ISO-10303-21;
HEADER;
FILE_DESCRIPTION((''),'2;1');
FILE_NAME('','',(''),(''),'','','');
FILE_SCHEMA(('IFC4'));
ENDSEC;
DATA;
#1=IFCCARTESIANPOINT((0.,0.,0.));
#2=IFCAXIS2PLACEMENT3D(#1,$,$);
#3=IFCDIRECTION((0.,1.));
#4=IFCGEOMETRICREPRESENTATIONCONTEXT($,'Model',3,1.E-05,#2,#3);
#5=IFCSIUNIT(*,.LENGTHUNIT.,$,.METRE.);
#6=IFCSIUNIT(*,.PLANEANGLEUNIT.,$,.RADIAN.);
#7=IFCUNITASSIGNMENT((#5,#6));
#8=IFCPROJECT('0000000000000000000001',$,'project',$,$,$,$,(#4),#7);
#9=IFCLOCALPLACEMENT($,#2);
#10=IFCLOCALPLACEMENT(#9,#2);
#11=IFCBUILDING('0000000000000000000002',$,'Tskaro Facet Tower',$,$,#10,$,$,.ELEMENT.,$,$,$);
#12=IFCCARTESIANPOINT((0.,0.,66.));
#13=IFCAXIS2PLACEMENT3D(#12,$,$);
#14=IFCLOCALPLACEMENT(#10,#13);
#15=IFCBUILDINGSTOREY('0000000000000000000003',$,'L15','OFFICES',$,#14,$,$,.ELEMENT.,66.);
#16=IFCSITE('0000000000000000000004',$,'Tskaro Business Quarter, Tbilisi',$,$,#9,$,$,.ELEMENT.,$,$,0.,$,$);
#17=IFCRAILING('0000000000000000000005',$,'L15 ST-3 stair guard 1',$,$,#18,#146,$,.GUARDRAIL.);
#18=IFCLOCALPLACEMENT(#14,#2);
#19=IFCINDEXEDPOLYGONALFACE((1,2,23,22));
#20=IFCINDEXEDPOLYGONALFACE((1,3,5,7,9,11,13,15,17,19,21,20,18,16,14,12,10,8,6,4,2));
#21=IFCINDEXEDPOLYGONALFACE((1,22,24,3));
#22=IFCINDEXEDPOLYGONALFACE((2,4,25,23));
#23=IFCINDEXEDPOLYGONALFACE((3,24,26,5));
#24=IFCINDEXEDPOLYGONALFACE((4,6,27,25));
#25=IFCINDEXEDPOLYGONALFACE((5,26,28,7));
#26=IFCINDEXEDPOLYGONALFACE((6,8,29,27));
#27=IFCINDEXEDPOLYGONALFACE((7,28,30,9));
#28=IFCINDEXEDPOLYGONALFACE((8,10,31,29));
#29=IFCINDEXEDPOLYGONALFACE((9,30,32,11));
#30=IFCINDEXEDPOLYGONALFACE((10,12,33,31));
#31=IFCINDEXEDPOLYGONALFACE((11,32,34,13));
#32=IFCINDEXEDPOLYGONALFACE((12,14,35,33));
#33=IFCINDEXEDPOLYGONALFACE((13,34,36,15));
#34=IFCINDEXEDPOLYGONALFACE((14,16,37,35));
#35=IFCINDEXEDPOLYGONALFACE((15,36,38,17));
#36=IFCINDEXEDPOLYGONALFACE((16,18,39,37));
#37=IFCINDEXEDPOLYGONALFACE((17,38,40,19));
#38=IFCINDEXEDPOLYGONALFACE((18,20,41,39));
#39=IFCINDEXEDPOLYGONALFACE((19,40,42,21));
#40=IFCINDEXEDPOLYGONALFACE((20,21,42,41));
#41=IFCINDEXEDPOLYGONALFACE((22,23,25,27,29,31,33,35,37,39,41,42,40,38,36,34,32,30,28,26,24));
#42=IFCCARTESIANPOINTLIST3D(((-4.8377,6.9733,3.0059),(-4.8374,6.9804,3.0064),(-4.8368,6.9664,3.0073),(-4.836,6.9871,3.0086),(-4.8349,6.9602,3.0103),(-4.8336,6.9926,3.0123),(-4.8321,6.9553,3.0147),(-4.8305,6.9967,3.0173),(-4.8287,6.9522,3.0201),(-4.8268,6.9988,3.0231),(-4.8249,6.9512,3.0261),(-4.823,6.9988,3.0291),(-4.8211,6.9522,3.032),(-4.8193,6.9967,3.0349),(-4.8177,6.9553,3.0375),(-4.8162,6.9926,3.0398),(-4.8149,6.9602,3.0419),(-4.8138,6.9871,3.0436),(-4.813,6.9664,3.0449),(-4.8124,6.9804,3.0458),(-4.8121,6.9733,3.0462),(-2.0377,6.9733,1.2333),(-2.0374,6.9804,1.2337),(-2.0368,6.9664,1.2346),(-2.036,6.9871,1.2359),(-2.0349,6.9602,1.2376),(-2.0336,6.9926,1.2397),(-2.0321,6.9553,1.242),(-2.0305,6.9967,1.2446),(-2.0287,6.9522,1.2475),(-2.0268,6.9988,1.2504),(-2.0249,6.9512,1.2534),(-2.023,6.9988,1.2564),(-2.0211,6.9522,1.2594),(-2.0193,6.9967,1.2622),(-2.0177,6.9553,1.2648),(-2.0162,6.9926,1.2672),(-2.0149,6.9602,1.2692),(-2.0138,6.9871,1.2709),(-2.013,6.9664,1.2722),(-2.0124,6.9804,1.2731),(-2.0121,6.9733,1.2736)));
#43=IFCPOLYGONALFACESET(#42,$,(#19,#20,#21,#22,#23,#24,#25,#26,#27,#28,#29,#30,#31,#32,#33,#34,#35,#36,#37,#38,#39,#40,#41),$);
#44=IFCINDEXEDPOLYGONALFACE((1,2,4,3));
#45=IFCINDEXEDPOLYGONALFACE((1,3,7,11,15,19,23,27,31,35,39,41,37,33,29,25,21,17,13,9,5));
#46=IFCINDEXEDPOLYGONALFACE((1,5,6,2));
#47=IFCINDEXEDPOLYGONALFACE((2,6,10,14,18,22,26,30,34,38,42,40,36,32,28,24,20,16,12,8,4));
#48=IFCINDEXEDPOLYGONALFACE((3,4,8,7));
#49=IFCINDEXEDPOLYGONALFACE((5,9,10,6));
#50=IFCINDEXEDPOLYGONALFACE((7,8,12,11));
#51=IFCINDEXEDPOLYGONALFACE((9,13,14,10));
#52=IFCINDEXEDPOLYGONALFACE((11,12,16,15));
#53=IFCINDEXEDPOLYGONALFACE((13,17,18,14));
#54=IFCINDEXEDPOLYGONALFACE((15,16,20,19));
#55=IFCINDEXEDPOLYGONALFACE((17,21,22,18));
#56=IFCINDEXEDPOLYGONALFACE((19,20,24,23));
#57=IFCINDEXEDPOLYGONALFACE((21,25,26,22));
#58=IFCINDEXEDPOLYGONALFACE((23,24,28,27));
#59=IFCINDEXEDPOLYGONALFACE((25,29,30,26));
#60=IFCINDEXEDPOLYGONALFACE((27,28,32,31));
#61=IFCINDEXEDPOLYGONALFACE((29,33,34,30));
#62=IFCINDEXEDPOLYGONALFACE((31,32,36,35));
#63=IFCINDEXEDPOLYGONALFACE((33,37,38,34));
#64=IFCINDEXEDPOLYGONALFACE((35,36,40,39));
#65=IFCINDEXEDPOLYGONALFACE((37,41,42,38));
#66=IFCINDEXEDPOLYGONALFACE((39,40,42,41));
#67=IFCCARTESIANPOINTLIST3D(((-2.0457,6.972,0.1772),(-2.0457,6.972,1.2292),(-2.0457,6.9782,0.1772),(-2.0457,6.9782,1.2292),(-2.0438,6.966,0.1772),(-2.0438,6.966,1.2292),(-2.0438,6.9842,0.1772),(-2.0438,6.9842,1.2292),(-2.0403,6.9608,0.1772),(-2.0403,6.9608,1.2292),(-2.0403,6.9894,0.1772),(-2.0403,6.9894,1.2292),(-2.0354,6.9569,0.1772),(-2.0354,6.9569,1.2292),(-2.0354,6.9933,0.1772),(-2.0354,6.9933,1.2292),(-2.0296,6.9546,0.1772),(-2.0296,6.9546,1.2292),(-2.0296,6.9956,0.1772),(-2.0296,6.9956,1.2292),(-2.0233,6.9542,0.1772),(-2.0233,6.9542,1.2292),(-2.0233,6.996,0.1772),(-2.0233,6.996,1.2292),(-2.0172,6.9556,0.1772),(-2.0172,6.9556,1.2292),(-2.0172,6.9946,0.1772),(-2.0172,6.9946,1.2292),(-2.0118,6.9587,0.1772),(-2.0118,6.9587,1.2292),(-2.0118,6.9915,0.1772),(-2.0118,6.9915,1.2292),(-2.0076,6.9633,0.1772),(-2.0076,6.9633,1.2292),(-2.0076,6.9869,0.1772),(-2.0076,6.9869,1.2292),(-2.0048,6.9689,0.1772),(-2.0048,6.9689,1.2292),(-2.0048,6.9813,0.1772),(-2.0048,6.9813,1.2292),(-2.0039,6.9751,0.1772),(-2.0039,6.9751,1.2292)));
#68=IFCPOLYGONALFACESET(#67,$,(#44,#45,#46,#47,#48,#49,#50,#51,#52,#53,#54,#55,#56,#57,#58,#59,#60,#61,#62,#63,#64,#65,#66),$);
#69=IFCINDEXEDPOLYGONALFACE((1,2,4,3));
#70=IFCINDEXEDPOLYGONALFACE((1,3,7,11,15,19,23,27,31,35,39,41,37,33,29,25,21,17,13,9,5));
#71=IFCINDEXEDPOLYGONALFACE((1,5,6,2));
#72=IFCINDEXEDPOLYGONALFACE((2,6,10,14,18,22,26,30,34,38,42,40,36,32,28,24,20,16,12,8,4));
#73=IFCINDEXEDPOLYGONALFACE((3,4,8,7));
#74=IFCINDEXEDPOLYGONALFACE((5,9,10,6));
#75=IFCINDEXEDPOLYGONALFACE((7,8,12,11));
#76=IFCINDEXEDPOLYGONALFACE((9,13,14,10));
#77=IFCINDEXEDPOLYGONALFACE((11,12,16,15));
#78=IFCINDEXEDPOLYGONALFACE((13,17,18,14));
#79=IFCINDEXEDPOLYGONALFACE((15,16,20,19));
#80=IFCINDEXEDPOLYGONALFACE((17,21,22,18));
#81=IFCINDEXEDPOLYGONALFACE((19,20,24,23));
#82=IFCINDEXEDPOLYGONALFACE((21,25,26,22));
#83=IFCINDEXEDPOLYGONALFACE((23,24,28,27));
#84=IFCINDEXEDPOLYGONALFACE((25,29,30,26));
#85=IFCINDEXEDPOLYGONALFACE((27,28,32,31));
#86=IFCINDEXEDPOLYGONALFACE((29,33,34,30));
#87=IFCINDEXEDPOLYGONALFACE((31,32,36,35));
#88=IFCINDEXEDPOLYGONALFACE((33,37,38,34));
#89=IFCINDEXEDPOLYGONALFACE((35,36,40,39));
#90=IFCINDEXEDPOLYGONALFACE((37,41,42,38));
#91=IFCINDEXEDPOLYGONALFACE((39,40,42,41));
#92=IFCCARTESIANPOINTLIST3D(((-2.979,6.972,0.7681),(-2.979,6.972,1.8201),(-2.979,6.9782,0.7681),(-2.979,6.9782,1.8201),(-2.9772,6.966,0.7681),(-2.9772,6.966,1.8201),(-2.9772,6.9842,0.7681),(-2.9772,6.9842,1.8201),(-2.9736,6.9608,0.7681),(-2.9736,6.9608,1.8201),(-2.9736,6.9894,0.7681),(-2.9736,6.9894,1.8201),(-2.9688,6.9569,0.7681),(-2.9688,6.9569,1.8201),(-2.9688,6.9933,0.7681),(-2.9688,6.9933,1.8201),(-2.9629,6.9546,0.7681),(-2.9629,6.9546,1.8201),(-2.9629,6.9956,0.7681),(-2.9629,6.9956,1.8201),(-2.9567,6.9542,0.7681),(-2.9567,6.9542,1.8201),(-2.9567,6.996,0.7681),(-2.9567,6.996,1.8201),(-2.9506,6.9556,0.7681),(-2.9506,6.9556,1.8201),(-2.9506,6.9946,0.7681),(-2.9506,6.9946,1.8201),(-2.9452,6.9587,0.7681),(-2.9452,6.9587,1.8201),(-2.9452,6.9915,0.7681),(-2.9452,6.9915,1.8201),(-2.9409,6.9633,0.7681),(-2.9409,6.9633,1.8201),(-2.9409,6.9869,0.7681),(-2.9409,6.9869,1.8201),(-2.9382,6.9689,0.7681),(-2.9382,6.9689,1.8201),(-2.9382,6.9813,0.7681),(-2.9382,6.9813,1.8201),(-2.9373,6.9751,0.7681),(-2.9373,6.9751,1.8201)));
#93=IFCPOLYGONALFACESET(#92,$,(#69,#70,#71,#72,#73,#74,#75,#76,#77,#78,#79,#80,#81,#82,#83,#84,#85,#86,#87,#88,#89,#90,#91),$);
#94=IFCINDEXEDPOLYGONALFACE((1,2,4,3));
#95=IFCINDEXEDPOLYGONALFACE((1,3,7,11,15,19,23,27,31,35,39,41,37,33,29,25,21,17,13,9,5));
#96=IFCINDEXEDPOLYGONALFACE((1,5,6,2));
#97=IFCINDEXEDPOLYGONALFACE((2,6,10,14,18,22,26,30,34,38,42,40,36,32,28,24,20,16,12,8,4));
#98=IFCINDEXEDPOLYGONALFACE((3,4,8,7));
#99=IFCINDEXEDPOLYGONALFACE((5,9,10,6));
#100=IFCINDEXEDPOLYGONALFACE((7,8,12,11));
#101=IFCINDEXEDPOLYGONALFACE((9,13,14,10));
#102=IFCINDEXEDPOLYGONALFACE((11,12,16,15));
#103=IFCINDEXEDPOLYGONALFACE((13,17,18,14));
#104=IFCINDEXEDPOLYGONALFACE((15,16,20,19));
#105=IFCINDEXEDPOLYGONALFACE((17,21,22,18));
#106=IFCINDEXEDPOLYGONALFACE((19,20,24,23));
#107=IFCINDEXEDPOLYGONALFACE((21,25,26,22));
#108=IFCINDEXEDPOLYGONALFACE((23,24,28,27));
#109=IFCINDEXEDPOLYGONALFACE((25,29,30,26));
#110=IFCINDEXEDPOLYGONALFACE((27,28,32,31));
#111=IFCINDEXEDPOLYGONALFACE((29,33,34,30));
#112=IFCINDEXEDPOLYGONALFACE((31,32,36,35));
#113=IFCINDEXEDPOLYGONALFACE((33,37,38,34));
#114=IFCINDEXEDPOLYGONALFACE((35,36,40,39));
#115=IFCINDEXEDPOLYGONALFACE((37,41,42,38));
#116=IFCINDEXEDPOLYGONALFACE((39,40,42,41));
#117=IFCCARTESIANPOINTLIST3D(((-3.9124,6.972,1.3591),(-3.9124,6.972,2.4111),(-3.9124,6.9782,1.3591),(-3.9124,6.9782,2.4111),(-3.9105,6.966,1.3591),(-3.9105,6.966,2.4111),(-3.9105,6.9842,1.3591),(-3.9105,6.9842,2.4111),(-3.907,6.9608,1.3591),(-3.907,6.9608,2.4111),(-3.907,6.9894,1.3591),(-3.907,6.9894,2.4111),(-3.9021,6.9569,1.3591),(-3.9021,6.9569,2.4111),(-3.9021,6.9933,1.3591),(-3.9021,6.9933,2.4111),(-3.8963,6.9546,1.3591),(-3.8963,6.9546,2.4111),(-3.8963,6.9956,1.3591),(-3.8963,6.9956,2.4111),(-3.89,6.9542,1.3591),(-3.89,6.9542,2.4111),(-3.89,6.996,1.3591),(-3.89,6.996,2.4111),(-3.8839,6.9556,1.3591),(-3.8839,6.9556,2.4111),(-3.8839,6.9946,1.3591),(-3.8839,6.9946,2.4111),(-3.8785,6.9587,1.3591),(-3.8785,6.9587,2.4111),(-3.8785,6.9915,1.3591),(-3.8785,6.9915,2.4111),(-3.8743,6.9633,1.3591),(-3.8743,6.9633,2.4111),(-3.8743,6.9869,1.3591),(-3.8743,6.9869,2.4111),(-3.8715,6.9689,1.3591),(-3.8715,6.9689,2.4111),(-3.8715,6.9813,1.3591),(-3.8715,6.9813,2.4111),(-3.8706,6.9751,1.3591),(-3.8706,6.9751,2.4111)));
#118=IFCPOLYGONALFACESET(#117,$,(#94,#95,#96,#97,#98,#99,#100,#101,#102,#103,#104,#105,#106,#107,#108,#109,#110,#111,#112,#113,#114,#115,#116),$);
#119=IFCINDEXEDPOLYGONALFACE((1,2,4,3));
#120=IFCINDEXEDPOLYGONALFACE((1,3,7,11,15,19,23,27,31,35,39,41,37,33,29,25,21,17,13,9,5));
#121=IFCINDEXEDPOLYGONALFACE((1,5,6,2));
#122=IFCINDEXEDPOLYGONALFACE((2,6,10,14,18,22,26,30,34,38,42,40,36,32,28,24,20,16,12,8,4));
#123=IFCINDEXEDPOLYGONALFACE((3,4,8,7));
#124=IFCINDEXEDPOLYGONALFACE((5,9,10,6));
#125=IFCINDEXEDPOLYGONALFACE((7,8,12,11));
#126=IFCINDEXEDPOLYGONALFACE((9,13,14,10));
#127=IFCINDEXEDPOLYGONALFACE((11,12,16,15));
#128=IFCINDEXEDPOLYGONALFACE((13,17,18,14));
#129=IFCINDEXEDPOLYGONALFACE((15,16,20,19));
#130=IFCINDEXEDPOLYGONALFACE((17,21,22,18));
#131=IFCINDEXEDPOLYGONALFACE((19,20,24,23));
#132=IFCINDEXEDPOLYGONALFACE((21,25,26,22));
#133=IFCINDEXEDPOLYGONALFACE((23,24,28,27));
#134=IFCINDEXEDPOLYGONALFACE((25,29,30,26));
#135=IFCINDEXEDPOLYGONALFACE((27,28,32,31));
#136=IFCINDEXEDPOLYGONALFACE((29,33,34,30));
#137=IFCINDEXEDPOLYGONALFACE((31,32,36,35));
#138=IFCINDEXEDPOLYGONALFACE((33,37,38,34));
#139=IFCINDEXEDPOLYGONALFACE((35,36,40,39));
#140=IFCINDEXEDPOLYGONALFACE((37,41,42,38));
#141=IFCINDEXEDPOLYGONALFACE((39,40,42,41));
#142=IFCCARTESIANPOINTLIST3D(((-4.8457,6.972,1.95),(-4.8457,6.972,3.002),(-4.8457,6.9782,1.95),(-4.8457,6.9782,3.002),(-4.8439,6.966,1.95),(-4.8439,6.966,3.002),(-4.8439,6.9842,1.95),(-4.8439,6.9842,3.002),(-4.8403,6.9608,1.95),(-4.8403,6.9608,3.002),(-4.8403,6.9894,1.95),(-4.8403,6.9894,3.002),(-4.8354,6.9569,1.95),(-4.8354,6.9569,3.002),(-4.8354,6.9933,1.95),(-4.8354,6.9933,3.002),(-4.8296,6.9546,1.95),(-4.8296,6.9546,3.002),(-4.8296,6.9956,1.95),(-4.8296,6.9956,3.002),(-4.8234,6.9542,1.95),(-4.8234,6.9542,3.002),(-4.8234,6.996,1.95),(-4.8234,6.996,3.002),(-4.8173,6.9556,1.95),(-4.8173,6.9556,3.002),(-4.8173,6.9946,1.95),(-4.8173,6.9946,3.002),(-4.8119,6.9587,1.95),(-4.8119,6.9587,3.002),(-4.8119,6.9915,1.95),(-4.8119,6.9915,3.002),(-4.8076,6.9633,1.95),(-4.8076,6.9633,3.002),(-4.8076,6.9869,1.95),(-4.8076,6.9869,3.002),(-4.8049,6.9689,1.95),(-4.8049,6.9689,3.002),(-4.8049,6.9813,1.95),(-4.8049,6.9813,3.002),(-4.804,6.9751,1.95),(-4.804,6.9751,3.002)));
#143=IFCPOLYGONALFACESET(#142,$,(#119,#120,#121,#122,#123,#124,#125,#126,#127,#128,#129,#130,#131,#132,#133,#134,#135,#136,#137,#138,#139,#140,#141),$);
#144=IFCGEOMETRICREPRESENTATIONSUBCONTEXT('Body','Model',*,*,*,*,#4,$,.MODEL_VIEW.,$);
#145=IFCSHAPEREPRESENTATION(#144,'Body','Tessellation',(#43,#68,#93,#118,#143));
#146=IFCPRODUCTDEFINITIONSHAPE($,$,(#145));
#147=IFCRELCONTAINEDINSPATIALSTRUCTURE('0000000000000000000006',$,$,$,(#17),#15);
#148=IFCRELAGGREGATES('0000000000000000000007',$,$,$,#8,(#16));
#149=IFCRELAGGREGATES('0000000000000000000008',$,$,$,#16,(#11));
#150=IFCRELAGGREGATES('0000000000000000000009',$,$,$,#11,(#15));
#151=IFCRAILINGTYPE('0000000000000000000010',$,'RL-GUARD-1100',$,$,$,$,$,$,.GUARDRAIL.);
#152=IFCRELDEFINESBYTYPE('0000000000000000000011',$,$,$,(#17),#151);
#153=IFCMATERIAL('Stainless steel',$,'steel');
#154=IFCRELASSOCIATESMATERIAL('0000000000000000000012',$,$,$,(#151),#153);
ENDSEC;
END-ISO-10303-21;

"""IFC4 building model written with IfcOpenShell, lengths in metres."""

from ifc_helpers import new_model, si_unit, direction, frame, origin, origin_2d, place, context, subcontext, project, spatial, circle, extrude, material, type_object, element, save


model = new_model("IFC4")

# Units and contexts
model_context = context("Model", 3, precision=1e-05, world=origin(), true_north=direction((0.0, 1.0)))
body_context = subcontext(model_context, "Body", "Model", "MODEL_VIEW")
ifc_project = project(units=[si_unit("LENGTHUNIT", "METRE"), si_unit("PLANEANGLEUNIT", "RADIAN")], contexts=[model_context])

# Site, building, storey
site_placement = place(None, origin())
site = spatial("IfcSite", under=ifc_project, at=site_placement, Name="Tskaro Business Quarter, Tbilisi", CompositionType="ELEMENT", RefElevation=0.0)
building_placement = place(site_placement, origin())
building = spatial("IfcBuilding", under=site, at=building_placement, Name="Tskaro Facet Tower", CompositionType="ELEMENT")
storey_placement = place(building_placement, frame((0.0, 0.0, 66.0)))
storey = spatial("IfcBuildingStorey", under=building, at=storey_placement, Name="L15", Description="OFFICES", CompositionType="ELEMENT", Elevation=66.0)

# Railing
ifc_material_1 = material(Name="Stainless steel", Category="steel")
railing_type_1 = type_object("IfcRailingType", Name="RL-GUARD-1100", PredefinedType="GUARDRAIL", material=ifc_material_1)
railing_1_placement = place(storey_placement, frame((-2.0249, 6.9751, 0.1772)))
element("IfcRailing", 1, at=railing_1_placement, inside=storey, type_object=railing_type_1, Name="L15 ST-3 stair guard 1", PredefinedType="GUARDRAIL", context=body_context, shape_type="SweptSolid", body=[
    extrude(circle(Radius=0.0239, at=origin_2d()), frame((0.0, 0.0, 1.0762), z_axis=(-0.844909, 0.0, 0.53491), x_axis=(0.0, -1.0, 0.0)), (0.0, 0.0, 1.0), 3.314),
    extrude(circle(Radius=0.021, at=origin_2d()), origin(), (0.0, 0.0, 1.0), 1.052),
    extrude(circle(Radius=0.021, at=origin_2d()), frame((-0.9333, 0.0, 0.5908)), (0.0, 0.0, 1.0), 1.052),
    extrude(circle(Radius=0.021, at=origin_2d()), frame((-1.8667, 0.0, 1.1819)), (0.0, 0.0, 1.0), 1.052),
    extrude(circle(Radius=0.021, at=origin_2d()), frame((-2.8, 0.0, 1.7727)), (0.0, 0.0, 1.0), 1.052),
])

save(model, "model.ifc")
